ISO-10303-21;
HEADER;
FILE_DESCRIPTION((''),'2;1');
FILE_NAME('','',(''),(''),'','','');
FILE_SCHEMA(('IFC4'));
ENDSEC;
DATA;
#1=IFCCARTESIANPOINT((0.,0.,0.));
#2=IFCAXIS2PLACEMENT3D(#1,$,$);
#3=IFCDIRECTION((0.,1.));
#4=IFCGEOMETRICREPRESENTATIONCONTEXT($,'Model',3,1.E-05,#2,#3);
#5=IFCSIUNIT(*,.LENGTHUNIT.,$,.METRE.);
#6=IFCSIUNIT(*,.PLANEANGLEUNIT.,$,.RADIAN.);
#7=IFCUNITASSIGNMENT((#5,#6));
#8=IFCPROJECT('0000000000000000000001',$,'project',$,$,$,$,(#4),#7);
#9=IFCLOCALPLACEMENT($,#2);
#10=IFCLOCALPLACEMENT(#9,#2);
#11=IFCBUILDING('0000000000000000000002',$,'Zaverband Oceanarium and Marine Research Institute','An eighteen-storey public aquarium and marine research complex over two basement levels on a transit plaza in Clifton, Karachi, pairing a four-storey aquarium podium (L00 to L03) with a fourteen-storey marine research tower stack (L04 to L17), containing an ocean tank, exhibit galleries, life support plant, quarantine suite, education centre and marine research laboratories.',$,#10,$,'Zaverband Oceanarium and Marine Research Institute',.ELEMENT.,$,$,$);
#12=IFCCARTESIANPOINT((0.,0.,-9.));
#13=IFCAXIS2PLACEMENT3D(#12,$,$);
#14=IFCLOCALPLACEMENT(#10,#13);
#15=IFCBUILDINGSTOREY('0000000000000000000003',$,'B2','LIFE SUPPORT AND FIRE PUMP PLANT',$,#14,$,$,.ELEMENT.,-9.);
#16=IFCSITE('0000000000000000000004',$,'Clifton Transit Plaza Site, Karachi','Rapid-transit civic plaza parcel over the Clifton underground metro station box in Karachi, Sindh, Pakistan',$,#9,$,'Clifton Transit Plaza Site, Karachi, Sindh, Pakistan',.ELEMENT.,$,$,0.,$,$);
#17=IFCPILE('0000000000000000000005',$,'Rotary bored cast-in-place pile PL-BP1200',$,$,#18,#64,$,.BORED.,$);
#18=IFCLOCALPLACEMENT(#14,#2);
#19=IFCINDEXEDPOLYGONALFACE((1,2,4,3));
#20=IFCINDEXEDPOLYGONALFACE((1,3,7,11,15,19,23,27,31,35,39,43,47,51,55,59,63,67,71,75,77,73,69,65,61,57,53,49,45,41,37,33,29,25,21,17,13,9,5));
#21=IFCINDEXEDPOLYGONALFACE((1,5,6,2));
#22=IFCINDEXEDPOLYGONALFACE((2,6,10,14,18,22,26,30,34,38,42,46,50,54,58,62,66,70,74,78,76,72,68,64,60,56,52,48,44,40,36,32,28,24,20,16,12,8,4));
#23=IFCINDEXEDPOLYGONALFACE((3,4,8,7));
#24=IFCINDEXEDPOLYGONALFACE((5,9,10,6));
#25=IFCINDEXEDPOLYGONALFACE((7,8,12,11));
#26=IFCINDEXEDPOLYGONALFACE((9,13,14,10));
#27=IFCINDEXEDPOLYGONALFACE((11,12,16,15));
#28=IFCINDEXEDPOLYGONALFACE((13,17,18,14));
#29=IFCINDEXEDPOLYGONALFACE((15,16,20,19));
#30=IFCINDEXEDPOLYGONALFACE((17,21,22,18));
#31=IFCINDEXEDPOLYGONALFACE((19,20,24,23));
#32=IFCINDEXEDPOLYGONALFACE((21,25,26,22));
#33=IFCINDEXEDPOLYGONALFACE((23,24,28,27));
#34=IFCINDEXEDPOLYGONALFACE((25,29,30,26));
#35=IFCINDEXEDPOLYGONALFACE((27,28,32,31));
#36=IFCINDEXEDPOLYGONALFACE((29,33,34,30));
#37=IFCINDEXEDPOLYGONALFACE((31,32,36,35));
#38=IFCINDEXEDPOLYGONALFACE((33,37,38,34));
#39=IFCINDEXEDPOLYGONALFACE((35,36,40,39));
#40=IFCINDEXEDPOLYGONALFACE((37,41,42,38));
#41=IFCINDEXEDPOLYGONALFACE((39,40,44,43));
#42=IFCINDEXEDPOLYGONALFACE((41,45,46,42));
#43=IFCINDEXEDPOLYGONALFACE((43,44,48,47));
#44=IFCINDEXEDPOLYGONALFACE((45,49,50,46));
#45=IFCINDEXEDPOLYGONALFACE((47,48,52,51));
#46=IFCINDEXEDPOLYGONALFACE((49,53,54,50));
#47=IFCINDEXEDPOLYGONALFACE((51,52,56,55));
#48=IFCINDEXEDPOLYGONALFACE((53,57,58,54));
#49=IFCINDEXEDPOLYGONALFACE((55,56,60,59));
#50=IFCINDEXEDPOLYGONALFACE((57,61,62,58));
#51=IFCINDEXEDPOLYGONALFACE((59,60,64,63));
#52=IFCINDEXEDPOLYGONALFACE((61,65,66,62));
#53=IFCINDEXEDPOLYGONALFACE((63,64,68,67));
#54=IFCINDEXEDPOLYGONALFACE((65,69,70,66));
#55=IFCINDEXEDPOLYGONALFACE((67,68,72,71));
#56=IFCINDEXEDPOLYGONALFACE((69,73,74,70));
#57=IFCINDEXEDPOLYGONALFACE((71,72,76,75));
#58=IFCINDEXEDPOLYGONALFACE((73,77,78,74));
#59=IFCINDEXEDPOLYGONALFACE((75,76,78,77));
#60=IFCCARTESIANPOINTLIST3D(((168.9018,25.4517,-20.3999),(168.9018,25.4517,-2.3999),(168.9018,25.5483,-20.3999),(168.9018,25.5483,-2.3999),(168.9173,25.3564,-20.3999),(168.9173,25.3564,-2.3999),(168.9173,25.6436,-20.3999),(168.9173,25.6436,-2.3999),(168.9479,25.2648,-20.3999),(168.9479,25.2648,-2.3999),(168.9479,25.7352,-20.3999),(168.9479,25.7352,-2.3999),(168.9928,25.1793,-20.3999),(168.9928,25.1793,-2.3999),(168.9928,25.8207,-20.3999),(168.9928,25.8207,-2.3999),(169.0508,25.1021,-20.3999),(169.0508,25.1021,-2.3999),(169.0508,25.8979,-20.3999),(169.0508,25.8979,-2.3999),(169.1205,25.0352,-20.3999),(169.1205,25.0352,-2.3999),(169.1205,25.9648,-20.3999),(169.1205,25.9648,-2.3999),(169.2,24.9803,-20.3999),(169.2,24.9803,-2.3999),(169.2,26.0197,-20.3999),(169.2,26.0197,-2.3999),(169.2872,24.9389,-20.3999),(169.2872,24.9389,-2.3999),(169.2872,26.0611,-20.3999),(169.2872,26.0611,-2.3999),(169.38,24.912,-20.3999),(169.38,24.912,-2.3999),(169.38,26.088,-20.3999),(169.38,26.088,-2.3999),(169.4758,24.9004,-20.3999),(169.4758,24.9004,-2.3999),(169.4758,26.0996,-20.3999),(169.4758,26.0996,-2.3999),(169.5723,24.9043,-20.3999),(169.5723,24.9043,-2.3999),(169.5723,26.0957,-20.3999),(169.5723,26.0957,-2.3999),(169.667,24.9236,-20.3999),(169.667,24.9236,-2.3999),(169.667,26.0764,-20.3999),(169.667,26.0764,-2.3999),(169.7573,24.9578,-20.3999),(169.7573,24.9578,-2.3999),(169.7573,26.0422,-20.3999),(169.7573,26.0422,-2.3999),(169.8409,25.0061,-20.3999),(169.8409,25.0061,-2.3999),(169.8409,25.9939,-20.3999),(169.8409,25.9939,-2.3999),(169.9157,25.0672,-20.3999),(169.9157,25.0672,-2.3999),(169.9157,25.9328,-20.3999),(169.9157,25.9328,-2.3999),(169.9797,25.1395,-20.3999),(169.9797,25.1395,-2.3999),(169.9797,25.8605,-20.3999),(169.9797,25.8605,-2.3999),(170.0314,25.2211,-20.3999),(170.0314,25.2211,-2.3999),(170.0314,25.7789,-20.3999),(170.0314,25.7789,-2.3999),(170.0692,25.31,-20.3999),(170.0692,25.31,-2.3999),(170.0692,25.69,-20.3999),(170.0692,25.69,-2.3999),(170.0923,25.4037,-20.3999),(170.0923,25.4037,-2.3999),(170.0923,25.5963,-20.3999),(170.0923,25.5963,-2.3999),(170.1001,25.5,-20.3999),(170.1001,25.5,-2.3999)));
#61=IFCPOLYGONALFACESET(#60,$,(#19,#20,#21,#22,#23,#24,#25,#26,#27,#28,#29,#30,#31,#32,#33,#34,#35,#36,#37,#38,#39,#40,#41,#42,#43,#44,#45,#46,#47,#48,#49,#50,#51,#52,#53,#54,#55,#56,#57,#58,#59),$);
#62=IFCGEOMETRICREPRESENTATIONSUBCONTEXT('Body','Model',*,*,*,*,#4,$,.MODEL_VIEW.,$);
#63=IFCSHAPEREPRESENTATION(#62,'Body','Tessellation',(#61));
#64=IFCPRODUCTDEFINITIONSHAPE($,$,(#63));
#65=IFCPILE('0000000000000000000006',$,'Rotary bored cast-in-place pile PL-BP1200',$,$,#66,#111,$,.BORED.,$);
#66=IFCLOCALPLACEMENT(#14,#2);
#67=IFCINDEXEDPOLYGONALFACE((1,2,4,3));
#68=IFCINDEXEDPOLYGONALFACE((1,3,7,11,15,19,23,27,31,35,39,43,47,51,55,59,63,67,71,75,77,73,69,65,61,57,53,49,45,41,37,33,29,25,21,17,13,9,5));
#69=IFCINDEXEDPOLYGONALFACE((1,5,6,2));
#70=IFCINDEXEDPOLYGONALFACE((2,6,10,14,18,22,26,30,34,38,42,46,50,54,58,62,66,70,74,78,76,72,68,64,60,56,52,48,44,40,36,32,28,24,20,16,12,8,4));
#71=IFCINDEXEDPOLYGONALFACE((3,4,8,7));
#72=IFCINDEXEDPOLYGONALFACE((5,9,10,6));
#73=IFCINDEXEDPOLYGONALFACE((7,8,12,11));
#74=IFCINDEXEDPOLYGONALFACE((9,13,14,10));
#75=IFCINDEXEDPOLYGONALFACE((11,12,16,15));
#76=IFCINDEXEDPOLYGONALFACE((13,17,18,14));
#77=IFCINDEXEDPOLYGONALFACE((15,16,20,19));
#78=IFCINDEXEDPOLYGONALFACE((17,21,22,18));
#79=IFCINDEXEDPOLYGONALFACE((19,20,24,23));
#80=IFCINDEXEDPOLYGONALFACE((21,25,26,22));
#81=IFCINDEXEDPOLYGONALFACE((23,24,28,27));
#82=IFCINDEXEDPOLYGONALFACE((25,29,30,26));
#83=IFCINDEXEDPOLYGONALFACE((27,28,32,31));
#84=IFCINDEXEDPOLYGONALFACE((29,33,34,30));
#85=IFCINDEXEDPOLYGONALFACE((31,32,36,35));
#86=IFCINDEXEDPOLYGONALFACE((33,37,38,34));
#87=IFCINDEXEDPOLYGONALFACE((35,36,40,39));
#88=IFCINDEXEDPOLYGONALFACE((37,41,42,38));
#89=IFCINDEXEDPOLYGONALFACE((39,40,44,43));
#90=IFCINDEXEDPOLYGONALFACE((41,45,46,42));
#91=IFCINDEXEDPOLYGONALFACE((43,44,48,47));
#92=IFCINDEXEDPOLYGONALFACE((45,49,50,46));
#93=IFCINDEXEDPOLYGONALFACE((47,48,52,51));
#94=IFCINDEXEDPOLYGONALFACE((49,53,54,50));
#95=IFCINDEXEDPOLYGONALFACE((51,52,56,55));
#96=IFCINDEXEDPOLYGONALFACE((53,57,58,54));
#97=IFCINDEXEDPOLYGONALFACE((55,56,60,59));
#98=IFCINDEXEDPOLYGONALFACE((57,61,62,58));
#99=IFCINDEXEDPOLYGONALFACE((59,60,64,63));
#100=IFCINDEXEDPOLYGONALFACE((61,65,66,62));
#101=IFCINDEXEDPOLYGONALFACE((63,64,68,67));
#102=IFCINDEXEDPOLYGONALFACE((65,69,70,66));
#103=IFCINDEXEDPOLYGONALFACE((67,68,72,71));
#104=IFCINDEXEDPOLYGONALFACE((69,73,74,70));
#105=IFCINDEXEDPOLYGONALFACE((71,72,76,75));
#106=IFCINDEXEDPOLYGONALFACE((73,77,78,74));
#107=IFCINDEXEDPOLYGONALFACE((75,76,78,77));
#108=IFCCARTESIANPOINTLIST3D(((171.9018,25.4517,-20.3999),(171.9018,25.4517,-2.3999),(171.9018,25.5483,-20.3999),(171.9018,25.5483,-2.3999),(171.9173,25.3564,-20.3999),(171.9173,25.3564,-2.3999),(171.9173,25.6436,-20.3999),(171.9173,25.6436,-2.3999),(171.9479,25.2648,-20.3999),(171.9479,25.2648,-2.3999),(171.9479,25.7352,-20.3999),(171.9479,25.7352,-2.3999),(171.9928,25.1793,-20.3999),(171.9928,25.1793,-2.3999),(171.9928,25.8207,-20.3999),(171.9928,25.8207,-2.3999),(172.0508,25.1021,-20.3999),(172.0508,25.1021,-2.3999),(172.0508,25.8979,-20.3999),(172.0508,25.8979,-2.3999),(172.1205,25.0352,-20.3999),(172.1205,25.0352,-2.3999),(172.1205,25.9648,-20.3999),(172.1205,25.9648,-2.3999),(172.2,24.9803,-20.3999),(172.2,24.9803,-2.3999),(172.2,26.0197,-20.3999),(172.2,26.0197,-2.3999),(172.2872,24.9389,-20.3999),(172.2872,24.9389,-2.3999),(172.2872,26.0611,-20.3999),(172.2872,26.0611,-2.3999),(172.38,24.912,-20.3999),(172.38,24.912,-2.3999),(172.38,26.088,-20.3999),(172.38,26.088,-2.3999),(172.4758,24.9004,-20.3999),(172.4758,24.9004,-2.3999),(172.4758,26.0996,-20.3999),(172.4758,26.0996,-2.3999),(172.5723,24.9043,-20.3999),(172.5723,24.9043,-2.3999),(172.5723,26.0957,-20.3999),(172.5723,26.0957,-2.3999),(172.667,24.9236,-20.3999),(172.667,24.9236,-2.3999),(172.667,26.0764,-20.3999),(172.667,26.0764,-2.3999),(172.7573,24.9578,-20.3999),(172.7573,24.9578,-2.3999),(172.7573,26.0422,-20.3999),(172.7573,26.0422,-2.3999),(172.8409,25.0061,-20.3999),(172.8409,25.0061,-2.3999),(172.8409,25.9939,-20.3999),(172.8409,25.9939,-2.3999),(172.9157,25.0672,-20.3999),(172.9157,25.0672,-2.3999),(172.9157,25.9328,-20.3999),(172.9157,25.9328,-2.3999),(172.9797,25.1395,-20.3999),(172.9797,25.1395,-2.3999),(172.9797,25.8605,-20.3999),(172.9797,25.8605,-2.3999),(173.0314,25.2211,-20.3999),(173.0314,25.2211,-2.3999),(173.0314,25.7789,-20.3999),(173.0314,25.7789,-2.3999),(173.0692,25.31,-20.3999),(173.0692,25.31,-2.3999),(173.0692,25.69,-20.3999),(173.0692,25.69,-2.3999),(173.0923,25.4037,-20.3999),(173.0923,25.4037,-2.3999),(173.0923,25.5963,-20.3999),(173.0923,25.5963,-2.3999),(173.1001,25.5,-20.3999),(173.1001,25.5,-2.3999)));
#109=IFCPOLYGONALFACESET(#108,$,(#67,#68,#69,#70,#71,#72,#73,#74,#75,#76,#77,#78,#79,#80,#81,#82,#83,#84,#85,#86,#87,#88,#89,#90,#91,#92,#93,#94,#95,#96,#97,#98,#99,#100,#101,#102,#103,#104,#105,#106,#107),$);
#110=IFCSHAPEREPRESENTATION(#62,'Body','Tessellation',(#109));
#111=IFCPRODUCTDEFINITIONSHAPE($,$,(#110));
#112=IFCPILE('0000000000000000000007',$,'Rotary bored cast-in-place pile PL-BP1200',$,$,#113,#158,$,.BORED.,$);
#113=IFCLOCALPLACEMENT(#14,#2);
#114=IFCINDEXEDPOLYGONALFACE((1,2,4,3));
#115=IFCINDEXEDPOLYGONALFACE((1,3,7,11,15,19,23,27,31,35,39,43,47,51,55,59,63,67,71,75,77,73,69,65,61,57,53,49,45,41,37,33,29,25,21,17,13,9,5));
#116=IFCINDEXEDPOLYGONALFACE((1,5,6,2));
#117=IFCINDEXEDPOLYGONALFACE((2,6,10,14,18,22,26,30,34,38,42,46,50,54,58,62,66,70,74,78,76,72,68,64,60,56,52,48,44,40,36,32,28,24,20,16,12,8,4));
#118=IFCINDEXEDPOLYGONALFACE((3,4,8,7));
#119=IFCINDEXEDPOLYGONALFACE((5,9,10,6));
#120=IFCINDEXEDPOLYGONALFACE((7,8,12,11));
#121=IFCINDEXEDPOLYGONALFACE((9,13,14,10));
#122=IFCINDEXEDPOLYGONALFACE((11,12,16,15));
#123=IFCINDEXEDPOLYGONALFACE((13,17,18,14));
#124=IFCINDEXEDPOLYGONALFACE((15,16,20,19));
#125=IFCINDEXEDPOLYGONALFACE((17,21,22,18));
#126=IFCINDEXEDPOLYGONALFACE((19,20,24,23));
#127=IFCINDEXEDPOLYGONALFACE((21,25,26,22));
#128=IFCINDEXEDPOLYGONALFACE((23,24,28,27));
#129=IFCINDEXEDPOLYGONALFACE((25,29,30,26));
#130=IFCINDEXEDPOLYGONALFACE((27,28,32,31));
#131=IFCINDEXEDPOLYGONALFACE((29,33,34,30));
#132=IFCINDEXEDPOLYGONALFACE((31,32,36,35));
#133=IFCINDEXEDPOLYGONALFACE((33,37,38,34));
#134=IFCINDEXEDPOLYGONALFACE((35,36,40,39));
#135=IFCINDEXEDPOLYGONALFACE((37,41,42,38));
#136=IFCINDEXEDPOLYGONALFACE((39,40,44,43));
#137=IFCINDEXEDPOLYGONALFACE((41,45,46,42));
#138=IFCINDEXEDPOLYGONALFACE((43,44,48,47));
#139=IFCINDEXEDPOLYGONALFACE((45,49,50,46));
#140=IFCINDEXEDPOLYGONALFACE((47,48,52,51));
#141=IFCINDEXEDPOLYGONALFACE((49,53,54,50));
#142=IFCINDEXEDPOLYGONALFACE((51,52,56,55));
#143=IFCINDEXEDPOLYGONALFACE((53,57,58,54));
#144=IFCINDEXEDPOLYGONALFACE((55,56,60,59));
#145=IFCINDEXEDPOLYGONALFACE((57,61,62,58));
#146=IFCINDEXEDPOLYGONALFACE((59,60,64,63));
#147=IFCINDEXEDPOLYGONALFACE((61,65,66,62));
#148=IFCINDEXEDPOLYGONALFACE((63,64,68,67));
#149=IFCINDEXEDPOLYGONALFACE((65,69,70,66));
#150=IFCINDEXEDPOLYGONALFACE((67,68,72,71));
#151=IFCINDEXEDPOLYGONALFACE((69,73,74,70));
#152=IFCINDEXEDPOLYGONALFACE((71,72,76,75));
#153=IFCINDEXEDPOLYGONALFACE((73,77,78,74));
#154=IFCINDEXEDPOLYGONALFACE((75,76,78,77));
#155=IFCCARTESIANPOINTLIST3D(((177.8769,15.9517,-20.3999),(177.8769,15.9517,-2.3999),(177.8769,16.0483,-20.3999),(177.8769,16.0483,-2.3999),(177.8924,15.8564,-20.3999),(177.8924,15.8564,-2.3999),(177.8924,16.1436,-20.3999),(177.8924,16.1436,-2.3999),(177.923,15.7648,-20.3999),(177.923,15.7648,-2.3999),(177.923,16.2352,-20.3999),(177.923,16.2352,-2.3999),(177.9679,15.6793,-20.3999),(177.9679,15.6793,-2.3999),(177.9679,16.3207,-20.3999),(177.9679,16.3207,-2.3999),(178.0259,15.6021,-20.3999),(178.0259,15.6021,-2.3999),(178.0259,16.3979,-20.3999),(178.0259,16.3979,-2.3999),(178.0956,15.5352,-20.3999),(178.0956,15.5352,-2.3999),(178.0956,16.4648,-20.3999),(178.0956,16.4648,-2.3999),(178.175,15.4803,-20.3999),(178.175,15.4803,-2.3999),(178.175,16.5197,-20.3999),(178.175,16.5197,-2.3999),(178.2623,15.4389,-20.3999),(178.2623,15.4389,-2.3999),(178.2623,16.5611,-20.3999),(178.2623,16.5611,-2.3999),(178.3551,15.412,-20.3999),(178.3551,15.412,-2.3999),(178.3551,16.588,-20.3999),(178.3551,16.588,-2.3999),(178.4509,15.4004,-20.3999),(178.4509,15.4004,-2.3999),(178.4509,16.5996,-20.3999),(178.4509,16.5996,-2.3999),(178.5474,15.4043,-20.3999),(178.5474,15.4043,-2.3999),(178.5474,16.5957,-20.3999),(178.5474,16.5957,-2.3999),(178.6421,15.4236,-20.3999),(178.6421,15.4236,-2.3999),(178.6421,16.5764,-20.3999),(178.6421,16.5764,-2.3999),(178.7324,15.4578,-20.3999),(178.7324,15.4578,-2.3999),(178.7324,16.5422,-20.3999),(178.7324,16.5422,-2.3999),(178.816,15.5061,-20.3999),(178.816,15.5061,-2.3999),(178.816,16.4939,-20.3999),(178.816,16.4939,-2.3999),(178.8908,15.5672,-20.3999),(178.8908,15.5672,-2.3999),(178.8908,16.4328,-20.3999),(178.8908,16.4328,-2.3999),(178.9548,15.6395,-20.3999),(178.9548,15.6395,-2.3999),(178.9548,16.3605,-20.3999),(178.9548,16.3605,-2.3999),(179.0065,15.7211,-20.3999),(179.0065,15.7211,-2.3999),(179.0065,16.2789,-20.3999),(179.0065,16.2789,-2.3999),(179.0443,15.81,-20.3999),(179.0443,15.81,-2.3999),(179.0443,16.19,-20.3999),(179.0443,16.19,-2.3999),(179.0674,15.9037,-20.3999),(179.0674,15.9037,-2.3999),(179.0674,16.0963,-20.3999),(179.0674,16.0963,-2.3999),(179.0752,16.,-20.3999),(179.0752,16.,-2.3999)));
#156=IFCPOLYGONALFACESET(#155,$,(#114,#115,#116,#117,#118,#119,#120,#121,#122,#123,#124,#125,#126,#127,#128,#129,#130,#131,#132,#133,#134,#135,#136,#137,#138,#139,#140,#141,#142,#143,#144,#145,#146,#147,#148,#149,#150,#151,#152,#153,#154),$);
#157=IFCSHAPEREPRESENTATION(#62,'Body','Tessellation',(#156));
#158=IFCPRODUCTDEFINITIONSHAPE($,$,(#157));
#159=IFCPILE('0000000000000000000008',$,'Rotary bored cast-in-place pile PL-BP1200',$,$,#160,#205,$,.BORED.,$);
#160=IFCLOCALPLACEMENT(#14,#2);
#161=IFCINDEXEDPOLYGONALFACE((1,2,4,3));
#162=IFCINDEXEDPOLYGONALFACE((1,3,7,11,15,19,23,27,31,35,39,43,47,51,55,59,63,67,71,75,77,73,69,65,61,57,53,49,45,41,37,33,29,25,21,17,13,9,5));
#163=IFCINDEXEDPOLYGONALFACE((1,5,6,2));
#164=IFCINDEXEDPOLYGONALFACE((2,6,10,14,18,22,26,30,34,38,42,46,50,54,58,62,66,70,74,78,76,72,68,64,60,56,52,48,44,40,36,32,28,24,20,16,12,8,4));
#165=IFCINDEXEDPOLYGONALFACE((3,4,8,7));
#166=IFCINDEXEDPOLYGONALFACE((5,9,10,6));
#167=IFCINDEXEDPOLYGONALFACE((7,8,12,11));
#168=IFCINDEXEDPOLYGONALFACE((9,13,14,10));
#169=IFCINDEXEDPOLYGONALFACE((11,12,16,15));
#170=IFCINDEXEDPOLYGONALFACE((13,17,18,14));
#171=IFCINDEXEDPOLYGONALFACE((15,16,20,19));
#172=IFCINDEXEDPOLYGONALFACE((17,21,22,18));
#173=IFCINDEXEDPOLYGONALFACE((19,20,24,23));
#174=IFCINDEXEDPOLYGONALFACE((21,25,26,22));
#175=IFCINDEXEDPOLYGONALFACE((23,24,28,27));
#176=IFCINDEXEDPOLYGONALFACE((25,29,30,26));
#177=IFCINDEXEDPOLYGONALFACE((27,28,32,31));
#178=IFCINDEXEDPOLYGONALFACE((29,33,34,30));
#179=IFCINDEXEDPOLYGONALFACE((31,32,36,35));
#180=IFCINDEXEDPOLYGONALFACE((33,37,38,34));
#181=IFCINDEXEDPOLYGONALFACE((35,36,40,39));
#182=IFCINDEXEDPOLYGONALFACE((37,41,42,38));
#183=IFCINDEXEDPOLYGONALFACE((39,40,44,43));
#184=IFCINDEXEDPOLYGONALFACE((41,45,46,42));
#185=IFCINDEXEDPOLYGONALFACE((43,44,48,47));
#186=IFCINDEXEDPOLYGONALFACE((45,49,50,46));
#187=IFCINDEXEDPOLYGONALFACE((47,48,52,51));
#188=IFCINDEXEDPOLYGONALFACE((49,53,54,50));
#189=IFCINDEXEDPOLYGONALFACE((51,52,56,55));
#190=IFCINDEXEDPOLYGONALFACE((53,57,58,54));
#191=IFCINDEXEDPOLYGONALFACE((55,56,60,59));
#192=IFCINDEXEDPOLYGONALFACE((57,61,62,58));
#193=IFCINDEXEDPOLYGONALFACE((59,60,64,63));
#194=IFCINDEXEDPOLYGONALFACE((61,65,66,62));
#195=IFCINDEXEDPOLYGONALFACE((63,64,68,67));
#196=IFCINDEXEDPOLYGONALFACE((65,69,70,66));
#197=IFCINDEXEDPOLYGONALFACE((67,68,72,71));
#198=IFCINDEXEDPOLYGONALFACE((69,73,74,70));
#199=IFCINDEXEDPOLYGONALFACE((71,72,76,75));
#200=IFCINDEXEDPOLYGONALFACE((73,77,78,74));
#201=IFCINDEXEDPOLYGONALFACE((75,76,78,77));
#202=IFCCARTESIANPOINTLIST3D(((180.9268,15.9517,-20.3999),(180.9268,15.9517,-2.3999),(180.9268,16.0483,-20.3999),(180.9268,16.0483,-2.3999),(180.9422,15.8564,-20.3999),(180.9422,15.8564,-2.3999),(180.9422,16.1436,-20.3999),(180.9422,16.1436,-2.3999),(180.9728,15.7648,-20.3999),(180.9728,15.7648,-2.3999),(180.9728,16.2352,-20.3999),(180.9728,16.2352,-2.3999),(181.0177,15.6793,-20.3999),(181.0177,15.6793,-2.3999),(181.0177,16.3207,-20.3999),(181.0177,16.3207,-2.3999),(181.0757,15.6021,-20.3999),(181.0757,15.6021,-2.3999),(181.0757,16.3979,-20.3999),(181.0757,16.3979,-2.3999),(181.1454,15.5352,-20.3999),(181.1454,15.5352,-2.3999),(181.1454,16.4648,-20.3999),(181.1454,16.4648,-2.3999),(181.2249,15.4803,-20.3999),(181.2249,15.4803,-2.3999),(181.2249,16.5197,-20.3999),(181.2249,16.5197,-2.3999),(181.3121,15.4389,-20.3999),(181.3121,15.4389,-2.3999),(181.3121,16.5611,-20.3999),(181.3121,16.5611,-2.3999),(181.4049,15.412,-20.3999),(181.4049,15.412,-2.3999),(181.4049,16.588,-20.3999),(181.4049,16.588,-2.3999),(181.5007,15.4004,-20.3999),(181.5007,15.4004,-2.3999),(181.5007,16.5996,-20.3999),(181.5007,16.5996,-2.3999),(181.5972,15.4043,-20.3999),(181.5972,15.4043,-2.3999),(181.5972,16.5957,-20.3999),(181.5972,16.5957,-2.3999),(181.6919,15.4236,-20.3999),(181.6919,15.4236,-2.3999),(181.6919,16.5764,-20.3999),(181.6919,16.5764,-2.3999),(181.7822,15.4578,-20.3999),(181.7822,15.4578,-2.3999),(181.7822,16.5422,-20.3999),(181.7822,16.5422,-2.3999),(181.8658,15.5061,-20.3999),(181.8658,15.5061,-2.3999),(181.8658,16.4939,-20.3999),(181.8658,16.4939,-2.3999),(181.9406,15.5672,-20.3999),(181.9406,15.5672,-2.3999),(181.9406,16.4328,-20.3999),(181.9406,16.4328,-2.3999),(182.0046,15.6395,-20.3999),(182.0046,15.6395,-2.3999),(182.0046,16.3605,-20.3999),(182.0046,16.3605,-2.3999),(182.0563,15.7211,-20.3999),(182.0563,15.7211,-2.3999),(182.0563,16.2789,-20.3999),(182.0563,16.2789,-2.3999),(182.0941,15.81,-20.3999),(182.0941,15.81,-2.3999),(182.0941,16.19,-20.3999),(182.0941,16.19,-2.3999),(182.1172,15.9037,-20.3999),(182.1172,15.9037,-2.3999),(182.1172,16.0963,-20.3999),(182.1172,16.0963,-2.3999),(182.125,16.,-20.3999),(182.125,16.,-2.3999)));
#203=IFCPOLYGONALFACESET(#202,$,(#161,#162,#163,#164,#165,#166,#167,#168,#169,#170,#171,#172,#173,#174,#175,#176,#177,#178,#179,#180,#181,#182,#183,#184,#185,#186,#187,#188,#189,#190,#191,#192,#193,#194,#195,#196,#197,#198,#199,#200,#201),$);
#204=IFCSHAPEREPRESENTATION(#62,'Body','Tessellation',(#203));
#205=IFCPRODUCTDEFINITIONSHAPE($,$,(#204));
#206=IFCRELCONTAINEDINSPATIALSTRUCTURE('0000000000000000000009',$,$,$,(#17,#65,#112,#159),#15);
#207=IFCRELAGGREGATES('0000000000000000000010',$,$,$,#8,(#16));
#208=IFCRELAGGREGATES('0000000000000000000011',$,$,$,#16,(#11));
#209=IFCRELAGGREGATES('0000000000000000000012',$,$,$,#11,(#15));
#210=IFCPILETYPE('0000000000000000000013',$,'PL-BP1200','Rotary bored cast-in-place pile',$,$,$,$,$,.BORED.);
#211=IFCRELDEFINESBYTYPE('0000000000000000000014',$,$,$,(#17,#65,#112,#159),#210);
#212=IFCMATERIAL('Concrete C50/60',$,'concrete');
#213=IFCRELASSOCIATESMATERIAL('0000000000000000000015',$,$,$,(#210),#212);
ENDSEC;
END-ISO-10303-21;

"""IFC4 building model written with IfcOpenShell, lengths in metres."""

from ifc_helpers import new_model, si_unit, direction, frame, origin, origin_2d, place, context, subcontext, project, spatial, circle, extrude, material, material_profile, profile_set, type_object, element, save


model = new_model("IFC4")

# Units and contexts
model_context = context("Model", 3, precision=1e-05, world=origin(), true_north=direction((0.0, 1.0)))
body_context = subcontext(model_context, "Body", "Model", "MODEL_VIEW")
ifc_project = project(units=[si_unit("LENGTHUNIT", "METRE"), si_unit("PLANEANGLEUNIT", "RADIAN")], contexts=[model_context])

# Site, building, storey
site_placement = place(None, origin())
site = spatial("IfcSite", under=ifc_project, at=site_placement, Name="Clifton Transit Plaza Site, Karachi", Description="Rapid-transit civic plaza parcel over the Clifton underground metro station box in Karachi, Sindh, Pakistan", LongName="Clifton Transit Plaza Site, Karachi, Sindh, Pakistan", CompositionType="ELEMENT", RefElevation=0.0)
building_placement = place(site_placement, origin())
building = spatial("IfcBuilding", under=site, at=building_placement, Name="Zaverband Oceanarium and Marine Research Institute", Description="An eighteen-storey public aquarium and marine research complex over two basement levels on a transit plaza in Clifton, Karachi, pairing a four-storey aquarium podium (L00 to L03) with a fourteen-storey marine research tower stack (L04 to L17), containing an ocean tank, exhibit galleries, life support plant, quarantine suite, education centre and marine research laboratories.", LongName="Zaverband Oceanarium and Marine Research Institute", CompositionType="ELEMENT")
storey_placement = place(building_placement, frame((0.0, 0.0, -9.0)))
storey = spatial("IfcBuildingStorey", under=building, at=storey_placement, Name="B2", Description="LIFE SUPPORT AND FIRE PUMP PLANT", CompositionType="ELEMENT", Elevation=-9.0)

# Shared definitions
ifc_material_1 = material(Name="Concrete C50/60", Category="concrete")

# Piles
ifc_material_profile_1 = material_profile(ifc_material_1, circle(Radius=0.6001, at=origin_2d()), Name="BP1200")
ifc_profile_set_1 = profile_set([ifc_material_profile_1], Name="Concrete C50/60")
pile_type_1 = type_object("IfcPileType", Name="PL-BP1200", Description="Rotary bored cast-in-place pile", PredefinedType="BORED", material=ifc_profile_set_1)
for number, where, z_axis, x_axis, name in (
    (1, (169.5, 25.5, -2.3999), (0.0, 0.0, -1.0), (1.0, 0.0, 0.0), "Rotary bored cast-in-place pile PL-BP1200"),
    (2, (172.5, 25.5, -2.3999), (0.0, 0.0, -1.0), (1.0, 0.0, 0.0), "Rotary bored cast-in-place pile PL-BP1200"),
    (3, (178.4751, 16.0, -2.3999), (0.0, 0.0, -1.0), (1.0, 0.0, 0.0), "Rotary bored cast-in-place pile PL-BP1200"),
    (4, (181.5249, 16.0, -2.3999), (0.0, 0.0, -1.0), (1.0, 0.0, 0.0), "Rotary bored cast-in-place pile PL-BP1200"),
):
    element("IfcPile", number, at=place(storey_placement, frame(where, z_axis=z_axis, x_axis=x_axis)), inside=storey, type_object=pile_type_1, Name=name, PredefinedType="BORED", context=body_context, shape_type="SweptSolid", body=[
        extrude(circle(Radius=0.6001, at=origin_2d()), origin(), (0.0, 0.0, 1.0), 18.0),
    ])

save(model, "model.ifc")
